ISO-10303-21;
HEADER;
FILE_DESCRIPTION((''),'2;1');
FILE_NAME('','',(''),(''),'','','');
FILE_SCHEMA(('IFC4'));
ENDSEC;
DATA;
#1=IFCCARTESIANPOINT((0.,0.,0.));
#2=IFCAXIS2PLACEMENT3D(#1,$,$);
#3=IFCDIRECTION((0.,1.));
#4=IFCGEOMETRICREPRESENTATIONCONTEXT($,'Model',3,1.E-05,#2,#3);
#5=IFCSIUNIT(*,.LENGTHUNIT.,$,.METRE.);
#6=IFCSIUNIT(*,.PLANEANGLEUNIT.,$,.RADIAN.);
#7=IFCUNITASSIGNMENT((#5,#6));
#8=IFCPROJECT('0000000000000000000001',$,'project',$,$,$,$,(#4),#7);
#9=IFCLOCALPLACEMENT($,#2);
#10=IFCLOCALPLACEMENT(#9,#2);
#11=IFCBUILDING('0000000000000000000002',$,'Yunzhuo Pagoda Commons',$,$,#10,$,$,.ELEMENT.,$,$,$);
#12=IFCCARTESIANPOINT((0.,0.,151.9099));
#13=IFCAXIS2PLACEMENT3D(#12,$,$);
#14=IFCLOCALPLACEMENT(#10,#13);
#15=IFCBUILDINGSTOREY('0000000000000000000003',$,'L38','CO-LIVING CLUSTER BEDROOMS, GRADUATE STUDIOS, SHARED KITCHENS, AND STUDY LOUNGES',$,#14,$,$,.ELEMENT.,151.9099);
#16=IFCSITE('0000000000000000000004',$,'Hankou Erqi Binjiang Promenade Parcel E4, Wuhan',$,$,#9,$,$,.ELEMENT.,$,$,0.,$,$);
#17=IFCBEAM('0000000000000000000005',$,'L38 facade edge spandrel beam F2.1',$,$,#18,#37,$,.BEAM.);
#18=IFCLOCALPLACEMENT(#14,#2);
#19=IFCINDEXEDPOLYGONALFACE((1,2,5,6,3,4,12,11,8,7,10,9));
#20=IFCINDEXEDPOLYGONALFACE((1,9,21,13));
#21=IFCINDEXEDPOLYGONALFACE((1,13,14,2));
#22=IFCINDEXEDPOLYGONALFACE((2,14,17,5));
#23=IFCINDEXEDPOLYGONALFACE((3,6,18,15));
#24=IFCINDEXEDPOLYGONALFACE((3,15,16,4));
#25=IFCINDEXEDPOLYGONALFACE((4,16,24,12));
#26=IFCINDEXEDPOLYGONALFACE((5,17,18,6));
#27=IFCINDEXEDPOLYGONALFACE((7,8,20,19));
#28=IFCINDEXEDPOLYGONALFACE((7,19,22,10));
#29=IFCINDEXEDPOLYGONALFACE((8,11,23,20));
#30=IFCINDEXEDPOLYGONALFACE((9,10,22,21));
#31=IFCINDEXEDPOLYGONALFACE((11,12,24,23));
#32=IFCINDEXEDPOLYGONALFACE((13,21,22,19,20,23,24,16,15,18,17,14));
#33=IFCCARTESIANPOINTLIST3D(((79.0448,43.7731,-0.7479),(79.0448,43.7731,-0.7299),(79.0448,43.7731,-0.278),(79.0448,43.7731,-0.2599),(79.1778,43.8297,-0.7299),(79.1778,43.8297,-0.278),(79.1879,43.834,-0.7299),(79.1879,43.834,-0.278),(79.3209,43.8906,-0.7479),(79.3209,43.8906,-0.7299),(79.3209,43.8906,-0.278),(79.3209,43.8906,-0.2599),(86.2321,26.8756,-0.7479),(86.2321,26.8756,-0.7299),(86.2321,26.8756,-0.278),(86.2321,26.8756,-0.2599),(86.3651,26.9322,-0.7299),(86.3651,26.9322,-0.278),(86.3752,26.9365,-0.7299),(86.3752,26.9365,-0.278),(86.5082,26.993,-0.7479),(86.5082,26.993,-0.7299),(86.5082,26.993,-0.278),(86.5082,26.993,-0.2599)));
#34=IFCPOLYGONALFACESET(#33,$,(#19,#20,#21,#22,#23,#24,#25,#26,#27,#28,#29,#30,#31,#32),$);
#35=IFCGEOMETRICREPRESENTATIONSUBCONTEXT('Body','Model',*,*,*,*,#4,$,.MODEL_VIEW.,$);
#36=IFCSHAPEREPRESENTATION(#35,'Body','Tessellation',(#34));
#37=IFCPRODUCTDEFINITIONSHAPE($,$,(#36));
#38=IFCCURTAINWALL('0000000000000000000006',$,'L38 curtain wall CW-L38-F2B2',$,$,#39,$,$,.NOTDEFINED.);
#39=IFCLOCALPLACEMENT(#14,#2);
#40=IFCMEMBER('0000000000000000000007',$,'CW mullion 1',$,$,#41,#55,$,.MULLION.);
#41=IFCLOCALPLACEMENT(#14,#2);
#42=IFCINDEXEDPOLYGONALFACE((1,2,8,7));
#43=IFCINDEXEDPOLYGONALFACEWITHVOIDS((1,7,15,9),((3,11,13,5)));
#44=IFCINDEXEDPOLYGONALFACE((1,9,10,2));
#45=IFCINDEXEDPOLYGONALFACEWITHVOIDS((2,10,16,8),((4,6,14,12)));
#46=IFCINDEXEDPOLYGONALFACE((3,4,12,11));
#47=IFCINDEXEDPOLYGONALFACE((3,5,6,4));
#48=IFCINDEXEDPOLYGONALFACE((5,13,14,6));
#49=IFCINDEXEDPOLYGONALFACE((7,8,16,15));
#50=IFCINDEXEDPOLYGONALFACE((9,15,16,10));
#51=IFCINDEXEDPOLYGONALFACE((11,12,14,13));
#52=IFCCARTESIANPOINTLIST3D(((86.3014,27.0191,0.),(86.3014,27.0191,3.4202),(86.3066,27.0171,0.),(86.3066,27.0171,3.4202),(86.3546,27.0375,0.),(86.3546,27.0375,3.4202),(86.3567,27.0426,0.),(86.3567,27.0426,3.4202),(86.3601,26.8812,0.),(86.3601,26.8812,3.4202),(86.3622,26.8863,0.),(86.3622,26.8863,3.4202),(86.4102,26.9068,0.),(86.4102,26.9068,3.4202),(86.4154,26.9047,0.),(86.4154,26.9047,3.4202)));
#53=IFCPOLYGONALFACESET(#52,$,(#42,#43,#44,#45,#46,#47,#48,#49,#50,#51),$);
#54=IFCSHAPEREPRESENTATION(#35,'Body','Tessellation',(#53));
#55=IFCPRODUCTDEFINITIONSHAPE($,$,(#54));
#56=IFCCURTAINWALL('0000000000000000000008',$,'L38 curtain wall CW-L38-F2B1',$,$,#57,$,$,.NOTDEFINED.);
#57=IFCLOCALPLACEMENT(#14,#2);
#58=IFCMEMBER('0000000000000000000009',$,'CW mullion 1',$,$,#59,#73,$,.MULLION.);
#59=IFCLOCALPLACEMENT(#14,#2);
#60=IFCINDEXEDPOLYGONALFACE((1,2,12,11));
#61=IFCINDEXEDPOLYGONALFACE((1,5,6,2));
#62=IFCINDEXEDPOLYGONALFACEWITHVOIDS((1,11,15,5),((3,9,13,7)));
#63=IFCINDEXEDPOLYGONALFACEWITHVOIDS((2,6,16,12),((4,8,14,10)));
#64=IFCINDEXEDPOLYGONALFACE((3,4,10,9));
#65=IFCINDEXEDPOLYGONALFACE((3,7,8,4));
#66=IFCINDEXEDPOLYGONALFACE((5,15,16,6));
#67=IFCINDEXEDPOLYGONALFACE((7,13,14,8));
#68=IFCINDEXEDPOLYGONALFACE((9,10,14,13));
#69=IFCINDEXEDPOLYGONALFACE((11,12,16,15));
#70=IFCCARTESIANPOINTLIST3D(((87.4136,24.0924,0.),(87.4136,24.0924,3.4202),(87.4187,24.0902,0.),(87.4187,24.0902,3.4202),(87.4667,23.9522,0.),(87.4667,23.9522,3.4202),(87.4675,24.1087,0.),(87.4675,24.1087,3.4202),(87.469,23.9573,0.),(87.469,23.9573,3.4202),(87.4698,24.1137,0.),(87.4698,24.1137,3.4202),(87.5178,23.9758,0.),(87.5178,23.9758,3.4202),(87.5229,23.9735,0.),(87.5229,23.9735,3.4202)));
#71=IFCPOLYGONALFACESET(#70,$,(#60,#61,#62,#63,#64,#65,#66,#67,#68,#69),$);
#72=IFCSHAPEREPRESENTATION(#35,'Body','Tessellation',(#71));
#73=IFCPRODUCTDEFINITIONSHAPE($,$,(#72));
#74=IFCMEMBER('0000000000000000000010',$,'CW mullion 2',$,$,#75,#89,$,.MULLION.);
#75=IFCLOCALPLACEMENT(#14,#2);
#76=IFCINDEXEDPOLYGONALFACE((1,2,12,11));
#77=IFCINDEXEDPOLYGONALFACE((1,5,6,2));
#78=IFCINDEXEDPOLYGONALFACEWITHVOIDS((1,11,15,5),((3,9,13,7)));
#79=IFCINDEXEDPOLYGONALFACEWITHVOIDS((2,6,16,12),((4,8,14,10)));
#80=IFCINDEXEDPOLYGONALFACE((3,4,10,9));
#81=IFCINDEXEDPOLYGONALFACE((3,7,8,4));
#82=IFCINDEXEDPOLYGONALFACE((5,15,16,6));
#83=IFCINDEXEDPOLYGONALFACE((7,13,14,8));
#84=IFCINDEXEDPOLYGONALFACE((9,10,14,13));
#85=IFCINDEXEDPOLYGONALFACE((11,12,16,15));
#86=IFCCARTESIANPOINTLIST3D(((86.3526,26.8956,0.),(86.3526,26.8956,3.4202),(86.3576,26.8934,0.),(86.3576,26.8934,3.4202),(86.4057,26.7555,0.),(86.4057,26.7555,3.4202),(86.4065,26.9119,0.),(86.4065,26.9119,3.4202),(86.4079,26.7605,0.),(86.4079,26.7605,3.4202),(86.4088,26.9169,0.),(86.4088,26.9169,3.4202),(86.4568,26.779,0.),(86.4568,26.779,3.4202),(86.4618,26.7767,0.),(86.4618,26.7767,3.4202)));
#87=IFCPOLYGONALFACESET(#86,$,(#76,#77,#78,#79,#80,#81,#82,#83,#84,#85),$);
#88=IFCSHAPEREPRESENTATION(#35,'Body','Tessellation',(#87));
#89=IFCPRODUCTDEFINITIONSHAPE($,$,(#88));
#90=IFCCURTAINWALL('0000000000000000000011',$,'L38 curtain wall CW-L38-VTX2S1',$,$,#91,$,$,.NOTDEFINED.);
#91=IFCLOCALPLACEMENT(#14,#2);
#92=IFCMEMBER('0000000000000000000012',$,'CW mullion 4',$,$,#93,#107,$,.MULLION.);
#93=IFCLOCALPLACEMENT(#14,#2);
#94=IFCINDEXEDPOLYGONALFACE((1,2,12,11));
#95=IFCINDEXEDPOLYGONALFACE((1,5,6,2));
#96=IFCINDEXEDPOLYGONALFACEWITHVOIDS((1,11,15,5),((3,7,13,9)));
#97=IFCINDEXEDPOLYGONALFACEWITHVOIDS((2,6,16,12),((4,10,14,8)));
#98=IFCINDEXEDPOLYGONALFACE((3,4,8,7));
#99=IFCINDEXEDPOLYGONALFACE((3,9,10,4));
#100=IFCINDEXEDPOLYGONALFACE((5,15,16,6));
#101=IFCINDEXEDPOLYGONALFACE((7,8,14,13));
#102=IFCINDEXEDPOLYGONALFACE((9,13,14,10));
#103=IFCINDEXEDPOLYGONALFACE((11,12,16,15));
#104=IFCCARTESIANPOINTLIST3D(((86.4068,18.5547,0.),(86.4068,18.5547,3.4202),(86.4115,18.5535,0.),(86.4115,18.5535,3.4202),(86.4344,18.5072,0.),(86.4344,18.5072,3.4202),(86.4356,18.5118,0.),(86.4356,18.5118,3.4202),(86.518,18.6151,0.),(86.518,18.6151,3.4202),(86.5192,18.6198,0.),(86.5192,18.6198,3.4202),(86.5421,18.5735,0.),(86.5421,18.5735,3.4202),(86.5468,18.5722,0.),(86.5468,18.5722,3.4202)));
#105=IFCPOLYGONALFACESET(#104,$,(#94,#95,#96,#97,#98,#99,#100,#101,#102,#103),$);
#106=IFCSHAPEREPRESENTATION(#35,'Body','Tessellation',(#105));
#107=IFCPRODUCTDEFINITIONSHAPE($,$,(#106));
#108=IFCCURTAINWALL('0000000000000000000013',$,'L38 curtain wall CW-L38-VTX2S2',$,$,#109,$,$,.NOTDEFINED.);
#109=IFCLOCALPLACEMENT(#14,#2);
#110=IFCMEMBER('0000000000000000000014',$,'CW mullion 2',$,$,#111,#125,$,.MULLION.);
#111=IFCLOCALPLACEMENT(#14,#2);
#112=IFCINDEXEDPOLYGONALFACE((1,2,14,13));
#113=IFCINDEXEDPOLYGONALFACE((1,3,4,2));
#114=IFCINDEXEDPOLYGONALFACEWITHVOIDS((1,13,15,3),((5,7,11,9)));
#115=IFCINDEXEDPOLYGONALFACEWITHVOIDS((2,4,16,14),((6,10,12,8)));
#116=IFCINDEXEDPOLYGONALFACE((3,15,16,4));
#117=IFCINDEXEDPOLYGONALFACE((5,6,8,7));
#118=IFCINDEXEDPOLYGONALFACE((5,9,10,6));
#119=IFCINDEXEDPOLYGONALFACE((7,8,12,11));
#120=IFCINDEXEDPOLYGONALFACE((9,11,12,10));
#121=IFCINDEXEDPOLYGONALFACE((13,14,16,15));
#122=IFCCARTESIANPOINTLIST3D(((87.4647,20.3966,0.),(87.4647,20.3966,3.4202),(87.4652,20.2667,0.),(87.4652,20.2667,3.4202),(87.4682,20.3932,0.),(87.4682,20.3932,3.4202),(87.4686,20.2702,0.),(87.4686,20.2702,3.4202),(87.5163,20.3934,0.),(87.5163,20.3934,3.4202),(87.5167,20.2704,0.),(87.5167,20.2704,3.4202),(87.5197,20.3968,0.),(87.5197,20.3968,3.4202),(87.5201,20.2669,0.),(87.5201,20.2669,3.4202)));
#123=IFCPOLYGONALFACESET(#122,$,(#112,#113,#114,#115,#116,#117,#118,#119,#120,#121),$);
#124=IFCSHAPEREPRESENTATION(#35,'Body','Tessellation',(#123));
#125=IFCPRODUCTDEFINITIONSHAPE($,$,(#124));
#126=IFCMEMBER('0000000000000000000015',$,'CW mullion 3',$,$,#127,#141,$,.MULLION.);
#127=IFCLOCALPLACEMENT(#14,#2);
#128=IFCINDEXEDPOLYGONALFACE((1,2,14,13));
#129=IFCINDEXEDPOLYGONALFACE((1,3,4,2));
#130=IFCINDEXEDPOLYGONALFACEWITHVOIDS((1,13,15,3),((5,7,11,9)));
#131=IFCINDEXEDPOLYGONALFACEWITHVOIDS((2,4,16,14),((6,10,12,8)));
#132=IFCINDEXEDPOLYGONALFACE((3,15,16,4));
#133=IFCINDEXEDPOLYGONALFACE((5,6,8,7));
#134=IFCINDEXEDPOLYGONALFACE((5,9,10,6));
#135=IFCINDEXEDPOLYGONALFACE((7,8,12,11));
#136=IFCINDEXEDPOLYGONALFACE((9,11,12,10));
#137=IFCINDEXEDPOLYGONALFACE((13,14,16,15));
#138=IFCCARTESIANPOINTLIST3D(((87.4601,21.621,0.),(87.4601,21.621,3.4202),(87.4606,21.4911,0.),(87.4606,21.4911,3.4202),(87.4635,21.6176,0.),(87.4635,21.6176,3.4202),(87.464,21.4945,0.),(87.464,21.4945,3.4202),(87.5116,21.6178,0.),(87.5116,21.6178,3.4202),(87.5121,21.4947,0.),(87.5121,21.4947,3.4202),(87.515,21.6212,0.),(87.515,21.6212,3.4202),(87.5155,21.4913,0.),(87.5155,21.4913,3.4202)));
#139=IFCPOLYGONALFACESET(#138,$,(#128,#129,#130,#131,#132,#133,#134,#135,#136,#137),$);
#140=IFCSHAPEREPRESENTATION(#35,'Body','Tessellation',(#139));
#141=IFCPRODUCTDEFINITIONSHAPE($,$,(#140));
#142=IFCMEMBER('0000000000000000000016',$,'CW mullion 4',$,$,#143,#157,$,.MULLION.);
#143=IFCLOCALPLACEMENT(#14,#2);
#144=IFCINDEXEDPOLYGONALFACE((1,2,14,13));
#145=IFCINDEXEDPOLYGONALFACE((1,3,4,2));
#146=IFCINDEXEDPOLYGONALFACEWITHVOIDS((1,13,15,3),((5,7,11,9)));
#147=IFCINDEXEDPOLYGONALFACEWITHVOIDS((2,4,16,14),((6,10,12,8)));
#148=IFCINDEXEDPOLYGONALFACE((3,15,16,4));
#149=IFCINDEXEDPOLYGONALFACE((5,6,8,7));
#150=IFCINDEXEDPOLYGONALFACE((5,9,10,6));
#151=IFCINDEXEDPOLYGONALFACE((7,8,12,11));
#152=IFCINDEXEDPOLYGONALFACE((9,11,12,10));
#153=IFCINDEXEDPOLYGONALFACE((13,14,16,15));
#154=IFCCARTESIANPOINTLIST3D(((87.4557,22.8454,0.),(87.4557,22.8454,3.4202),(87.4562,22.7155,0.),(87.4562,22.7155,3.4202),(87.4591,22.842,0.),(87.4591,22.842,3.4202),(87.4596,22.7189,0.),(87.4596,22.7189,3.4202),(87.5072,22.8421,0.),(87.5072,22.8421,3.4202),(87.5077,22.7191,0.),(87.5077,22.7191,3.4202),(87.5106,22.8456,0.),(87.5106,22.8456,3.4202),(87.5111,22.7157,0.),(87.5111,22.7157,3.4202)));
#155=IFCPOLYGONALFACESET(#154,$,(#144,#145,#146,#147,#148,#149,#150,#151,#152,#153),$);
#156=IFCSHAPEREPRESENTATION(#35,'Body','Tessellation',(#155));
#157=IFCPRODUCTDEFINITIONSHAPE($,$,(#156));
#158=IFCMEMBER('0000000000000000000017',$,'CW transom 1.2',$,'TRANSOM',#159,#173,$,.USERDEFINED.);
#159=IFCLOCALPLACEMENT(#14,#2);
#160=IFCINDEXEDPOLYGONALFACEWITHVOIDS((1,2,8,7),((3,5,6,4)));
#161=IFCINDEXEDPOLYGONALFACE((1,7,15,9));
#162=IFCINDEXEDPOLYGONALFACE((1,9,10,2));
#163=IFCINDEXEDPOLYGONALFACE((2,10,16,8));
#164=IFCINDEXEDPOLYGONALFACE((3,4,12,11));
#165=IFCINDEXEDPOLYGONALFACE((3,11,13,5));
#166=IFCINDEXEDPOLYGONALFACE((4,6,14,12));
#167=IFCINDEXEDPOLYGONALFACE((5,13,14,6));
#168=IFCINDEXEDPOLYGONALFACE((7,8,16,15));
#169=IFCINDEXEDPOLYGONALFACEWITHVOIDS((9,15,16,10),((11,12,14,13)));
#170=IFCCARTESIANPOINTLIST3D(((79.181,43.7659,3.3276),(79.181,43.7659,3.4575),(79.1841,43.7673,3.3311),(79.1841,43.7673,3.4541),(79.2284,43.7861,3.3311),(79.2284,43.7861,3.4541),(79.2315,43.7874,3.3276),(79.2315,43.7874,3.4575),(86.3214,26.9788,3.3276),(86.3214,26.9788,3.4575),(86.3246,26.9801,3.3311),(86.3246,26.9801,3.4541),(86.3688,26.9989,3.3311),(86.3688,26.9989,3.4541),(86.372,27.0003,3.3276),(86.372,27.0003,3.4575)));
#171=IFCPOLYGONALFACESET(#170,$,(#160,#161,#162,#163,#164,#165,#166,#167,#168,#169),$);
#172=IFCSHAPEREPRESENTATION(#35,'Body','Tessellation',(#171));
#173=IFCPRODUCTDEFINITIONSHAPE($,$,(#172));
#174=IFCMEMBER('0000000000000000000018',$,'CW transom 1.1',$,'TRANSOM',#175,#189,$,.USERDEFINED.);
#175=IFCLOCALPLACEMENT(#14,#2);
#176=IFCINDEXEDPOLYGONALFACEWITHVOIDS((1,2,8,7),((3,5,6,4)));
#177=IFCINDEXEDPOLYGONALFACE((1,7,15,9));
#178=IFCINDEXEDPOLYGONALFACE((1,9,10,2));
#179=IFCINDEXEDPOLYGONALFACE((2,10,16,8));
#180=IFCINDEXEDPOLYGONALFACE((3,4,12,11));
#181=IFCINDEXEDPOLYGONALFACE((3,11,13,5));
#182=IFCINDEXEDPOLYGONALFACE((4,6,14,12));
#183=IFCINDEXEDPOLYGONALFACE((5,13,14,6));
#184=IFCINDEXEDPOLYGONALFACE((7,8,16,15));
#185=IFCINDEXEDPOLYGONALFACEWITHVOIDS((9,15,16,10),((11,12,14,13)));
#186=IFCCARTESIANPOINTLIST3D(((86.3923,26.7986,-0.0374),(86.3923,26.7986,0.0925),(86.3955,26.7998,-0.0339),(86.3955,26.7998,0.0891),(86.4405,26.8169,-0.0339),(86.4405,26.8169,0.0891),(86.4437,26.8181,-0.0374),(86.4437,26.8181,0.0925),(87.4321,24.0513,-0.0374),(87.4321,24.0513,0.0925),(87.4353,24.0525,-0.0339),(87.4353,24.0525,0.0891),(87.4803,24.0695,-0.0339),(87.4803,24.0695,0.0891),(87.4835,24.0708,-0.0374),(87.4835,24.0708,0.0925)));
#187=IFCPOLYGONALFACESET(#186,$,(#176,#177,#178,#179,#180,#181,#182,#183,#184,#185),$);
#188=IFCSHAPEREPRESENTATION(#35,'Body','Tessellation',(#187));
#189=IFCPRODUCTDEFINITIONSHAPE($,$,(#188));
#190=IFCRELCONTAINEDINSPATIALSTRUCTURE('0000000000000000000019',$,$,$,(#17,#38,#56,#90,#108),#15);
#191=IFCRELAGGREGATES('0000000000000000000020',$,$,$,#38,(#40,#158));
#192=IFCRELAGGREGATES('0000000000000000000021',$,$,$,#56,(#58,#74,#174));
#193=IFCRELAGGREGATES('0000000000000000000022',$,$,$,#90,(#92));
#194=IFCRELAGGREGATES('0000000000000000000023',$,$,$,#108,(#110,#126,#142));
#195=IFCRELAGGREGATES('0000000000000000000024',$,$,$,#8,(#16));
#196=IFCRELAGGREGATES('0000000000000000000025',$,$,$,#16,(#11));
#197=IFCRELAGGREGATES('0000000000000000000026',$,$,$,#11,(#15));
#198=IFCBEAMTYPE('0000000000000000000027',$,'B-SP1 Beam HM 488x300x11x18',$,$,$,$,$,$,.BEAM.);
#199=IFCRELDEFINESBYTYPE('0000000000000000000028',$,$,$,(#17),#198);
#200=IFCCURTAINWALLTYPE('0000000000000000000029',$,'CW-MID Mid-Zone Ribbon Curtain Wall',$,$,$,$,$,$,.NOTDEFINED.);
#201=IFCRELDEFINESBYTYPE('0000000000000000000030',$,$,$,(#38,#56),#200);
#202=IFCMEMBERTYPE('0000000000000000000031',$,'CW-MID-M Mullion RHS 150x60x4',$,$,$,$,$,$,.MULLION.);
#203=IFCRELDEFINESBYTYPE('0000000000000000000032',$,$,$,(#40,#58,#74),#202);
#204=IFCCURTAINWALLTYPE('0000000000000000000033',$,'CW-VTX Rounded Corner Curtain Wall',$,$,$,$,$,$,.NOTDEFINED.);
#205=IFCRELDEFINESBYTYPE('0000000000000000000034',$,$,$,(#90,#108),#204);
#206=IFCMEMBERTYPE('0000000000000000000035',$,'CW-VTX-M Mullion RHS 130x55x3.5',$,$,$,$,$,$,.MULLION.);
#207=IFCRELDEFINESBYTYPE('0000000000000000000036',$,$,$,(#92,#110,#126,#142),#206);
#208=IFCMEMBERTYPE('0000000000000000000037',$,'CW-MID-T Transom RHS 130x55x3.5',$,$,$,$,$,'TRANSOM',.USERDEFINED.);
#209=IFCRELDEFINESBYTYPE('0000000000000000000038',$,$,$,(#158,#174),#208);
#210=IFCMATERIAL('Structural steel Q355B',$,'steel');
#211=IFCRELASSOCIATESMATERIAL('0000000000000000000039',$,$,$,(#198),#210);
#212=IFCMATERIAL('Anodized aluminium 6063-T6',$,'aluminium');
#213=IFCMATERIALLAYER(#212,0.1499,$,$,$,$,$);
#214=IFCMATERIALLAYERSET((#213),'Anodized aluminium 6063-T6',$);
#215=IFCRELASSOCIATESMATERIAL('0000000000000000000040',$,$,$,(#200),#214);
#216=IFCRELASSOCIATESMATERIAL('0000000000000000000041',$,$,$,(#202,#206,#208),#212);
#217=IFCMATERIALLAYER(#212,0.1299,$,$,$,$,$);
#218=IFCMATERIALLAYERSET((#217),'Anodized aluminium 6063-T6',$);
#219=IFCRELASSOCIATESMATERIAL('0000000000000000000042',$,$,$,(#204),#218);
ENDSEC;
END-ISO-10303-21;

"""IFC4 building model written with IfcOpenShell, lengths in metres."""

from ifc_helpers import new_model, si_unit, direction, frame, origin, origin_2d, place, context, subcontext, project, spatial, hollow_rectangle, i_section, extrude, source, transform, mapped, material, layer, layer_set, material_profile, profile_set, type_object, element, aggregate, save


model = new_model("IFC4")

# Units and contexts
model_context = context("Model", 3, precision=1e-05, world=origin(), true_north=direction((0.0, 1.0)))
body_context = subcontext(model_context, "Body", "Model", "MODEL_VIEW")
ifc_project = project(units=[si_unit("LENGTHUNIT", "METRE"), si_unit("PLANEANGLEUNIT", "RADIAN")], contexts=[model_context])

# Site, building, storey
site_placement = place(None, origin())
site = spatial("IfcSite", under=ifc_project, at=site_placement, Name="Hankou Erqi Binjiang Promenade Parcel E4, Wuhan", CompositionType="ELEMENT", RefElevation=0.0)
building_placement = place(site_placement, origin())
building = spatial("IfcBuilding", under=site, at=building_placement, Name="Yunzhuo Pagoda Commons", CompositionType="ELEMENT")
storey_placement = place(building_placement, frame((0.0, 0.0, 151.9099)))
storey = spatial("IfcBuildingStorey", under=building, at=storey_placement, Name="L38", Description="CO-LIVING CLUSTER BEDROOMS, GRADUATE STUDIOS, SHARED KITCHENS, AND STUDY LOUNGES", CompositionType="ELEMENT", Elevation=151.9099)

# Beam
ifc_material_1 = material(Name="Structural steel Q355B", Category="steel")
ifc_material_profile_1 = material_profile(ifc_material_1, i_section(OverallWidth=0.3, OverallDepth=0.488, WebThickness=0.011, FlangeThickness=0.0181, at=origin_2d()), Name="Structural steel Q355B")
ifc_profile_set_1 = profile_set([ifc_material_profile_1], Name="Structural steel Q355B")
beam_type = type_object("IfcBeamType", Name="B-SP1 Beam HM 488x300x11x18", PredefinedType="BEAM", material=ifc_profile_set_1)
shared_shape_1 = source(origin(), body_context, "Body", "SweptSolid", [
    extrude(i_section(OverallWidth=0.3, OverallDepth=0.488, WebThickness=0.011, FlangeThickness=0.0181, at=origin_2d()), origin(), (0.0, 0.0, 1.0), 18.3625),
])
beam_placement = place(storey_placement, frame((86.3701, 26.9343, -0.5039), z_axis=(-0.39141, 0.920216, 0.0), x_axis=(-0.920216, -0.39141, 0.0)))
element("IfcBeam", 1, at=beam_placement, inside=storey, type_object=beam_type, Name="L38 facade edge spandrel beam F2.1", PredefinedType="BEAM", context=body_context, shape_type="MappedRepresentation", body=[
    mapped(shared_shape_1, transform((0.0, 0.0, 0.0), scale=1.0)),
])

# Curtain wall, member
ifc_material_2 = material(Name="Anodized aluminium 6063-T6", Category="aluminium")
ifc_layer_1 = layer(ifc_material_2, 0.1499)
ifc_layer_set_1 = layer_set([ifc_layer_1], Name="Anodized aluminium 6063-T6")
curtain_wall_type_1 = type_object("IfcCurtainWallType", Name="CW-MID Mid-Zone Ribbon Curtain Wall", PredefinedType="NOTDEFINED", material=ifc_layer_set_1)
curtain_wall_1_placement = place(storey_placement, origin())
curtain_wall_1 = element("IfcCurtainWall", 2, at=curtain_wall_1_placement, inside=storey, type_object=curtain_wall_type_1, Name="L38 curtain wall CW-L38-F2B2", PredefinedType="NOTDEFINED")
ifc_material_profile_2 = material_profile(ifc_material_2, hollow_rectangle(XDim=0.0601, YDim=0.1499, WallThickness=0.0039, at=origin_2d()), Name="Anodized aluminium 6063-T6")
ifc_profile_set_2 = profile_set([ifc_material_profile_2], Name="Anodized aluminium 6063-T6")
member_type_1 = type_object("IfcMemberType", Name="CW-MID-M Mullion RHS 150x60x4", PredefinedType="MULLION", material=ifc_profile_set_2)
shared_shape_2 = source(origin(), body_context, "Body", "SweptSolid", [
    extrude(hollow_rectangle(XDim=0.0601, YDim=0.1499, WallThickness=0.0039, at=origin_2d()), origin(), (0.0, 0.0, 1.0), 3.4202),
])
member_1_placement = place(storey_placement, frame((86.3584, 26.9619, 0.0), z_axis=(0.0, 0.0, 1.0), x_axis=(-0.920217, -0.391409, 0.0)))
member_1 = element("IfcMember", 3, at=member_1_placement, type_object=member_type_1, Name="CW mullion 1", PredefinedType="MULLION", context=body_context, shape_type="MappedRepresentation", body=[
    mapped(shared_shape_2, transform((0.0, 0.0, 0.0), scale=1.0)),
])

# Curtain wall, members
curtain_wall_2_placement = place(storey_placement, origin())
curtain_wall_2 = element("IfcCurtainWall", 4, at=curtain_wall_2_placement, inside=storey, type_object=curtain_wall_type_1, Name="L38 curtain wall CW-L38-F2B1", PredefinedType="NOTDEFINED")
member_2_placement = place(storey_placement, frame((87.4683, 24.033, 0.0), z_axis=(0.0, 0.0, 1.0), x_axis=(-0.935247, -0.353996, 0.0)))
member_2 = element("IfcMember", 5, at=member_2_placement, type_object=member_type_1, Name="CW mullion 1", PredefinedType="MULLION", context=body_context, shape_type="MappedRepresentation", body=[
    mapped(shared_shape_2, transform((0.0, 0.0, 0.0), scale=1.0)),
])
member_3_placement = place(storey_placement, frame((86.4072, 26.8362, 0.0), z_axis=(0.0, 0.0, 1.0), x_axis=(-0.935247, -0.353996, 0.0)))
member_3 = element("IfcMember", 6, at=member_3_placement, type_object=member_type_1, Name="CW mullion 2", PredefinedType="MULLION", context=body_context, shape_type="MappedRepresentation", body=[
    mapped(shared_shape_2, transform((0.0, 0.0, 0.0), scale=1.0)),
])

# Curtain wall, member
ifc_layer_2 = layer(ifc_material_2, 0.1299)
ifc_layer_set_2 = layer_set([ifc_layer_2], Name="Anodized aluminium 6063-T6")
curtain_wall_type_2 = type_object("IfcCurtainWallType", Name="CW-VTX Rounded Corner Curtain Wall", PredefinedType="NOTDEFINED", material=ifc_layer_set_2)
curtain_wall_3_placement = place(storey_placement, origin())
curtain_wall_3 = element("IfcCurtainWall", 7, at=curtain_wall_3_placement, inside=storey, type_object=curtain_wall_type_2, Name="L38 curtain wall CW-L38-VTX2S1", PredefinedType="NOTDEFINED")
ifc_material_profile_3 = material_profile(ifc_material_2, hollow_rectangle(XDim=0.0549, YDim=0.1299, WallThickness=0.0034, at=origin_2d()), Name="Anodized aluminium 6063-T6")
ifc_profile_set_3 = profile_set([ifc_material_profile_3], Name="Anodized aluminium 6063-T6")
member_type_2 = type_object("IfcMemberType", Name="CW-VTX-M Mullion RHS 130x55x3.5", PredefinedType="MULLION", material=ifc_profile_set_3)
shared_shape_3 = source(origin(), body_context, "Body", "SweptSolid", [
    extrude(hollow_rectangle(XDim=0.0549, YDim=0.1299, WallThickness=0.0034, at=origin_2d()), origin(), (0.0, 0.0, 1.0), 3.4202),
])
member_4_placement = place(storey_placement, frame((86.4768, 18.5635, 0.0), z_axis=(0.0, 0.0, 1.0), x_axis=(-0.501035, 0.865427, 0.0)))
member_4 = element("IfcMember", 8, at=member_4_placement, type_object=member_type_2, Name="CW mullion 4", PredefinedType="MULLION", context=body_context, shape_type="MappedRepresentation", body=[
    mapped(shared_shape_3, transform((0.0, 0.0, 0.0), scale=1.0)),
])

# Curtain wall, members
curtain_wall_4_placement = place(storey_placement, origin())
curtain_wall_4 = element("IfcCurtainWall", 9, at=curtain_wall_4_placement, inside=storey, type_object=curtain_wall_type_2, Name="L38 curtain wall CW-L38-VTX2S2", PredefinedType="NOTDEFINED")
member_5_placement = place(storey_placement, frame((87.4924, 20.3318, 0.0), z_axis=(0.0, 0.0, 1.0), x_axis=(-0.999994, -0.003594, 0.0)))
member_5 = element("IfcMember", 10, at=member_5_placement, type_object=member_type_2, Name="CW mullion 2", PredefinedType="MULLION", context=body_context, shape_type="MappedRepresentation", body=[
    mapped(shared_shape_3, transform((0.0, 0.0, 0.0), scale=1.0)),
])
member_6_placement = place(storey_placement, frame((87.4878, 21.5562, 0.0), z_axis=(0.0, 0.0, 1.0), x_axis=(-0.999994, -0.003594, 0.0)))
member_6 = element("IfcMember", 11, at=member_6_placement, type_object=member_type_2, Name="CW mullion 3", PredefinedType="MULLION", context=body_context, shape_type="MappedRepresentation", body=[
    mapped(shared_shape_3, transform((0.0, 0.0, 0.0), scale=1.0)),
])
member_7_placement = place(storey_placement, frame((87.4834, 22.7805, 0.0), z_axis=(0.0, 0.0, 1.0), x_axis=(-0.999994, -0.003594, 0.0)))
member_7 = element("IfcMember", 12, at=member_7_placement, type_object=member_type_2, Name="CW mullion 4", PredefinedType="MULLION", context=body_context, shape_type="MappedRepresentation", body=[
    mapped(shared_shape_3, transform((0.0, 0.0, 0.0), scale=1.0)),
])

# Members
ifc_material_profile_4 = material_profile(ifc_material_2, hollow_rectangle(XDim=0.0549, YDim=0.1299, WallThickness=0.0034, at=origin_2d()), Name="Anodized aluminium 6063-T6")
ifc_profile_set_4 = profile_set([ifc_material_profile_4], Name="Anodized aluminium 6063-T6")
member_type_3 = type_object("IfcMemberType", Name="CW-MID-T Transom RHS 130x55x3.5", ElementType="TRANSOM", PredefinedType="USERDEFINED", material=ifc_profile_set_4)
shared_shape_4 = source(origin(), body_context, "Body", "SweptSolid", [
    extrude(hollow_rectangle(XDim=0.0549, YDim=0.1299, WallThickness=0.0034, at=origin_2d()), origin(), (0.0, 0.0, 1.0), 18.2427),
])
member_8_placement = place(storey_placement, frame((86.3467, 26.9895, 3.3926), z_axis=(-0.391413, 0.920215, 0.0), x_axis=(-0.920215, -0.391413, 0.0)))
member_8 = element("IfcMember", 13, at=member_8_placement, type_object=member_type_3, Name="CW transom 1.2", ObjectType="TRANSOM", PredefinedType="USERDEFINED", context=body_context, shape_type="MappedRepresentation", body=[
    mapped(shared_shape_4, transform((0.0, 0.0, 0.0), scale=1.0)),
])
aggregate(curtain_wall_1, [member_1, member_8])
shared_shape_5 = source(origin(), body_context, "Body", "SweptSolid", [
    extrude(hollow_rectangle(XDim=0.0549, YDim=0.1299, WallThickness=0.0034, at=origin_2d()), origin(), (0.0, 0.0, 1.0), 2.9375),
])
member_9_placement = place(storey_placement, frame((87.4578, 24.061, 0.0276), z_axis=(-0.353973, 0.935256, 0.0), x_axis=(-0.935256, -0.353973, 0.0)))
member_9 = element("IfcMember", 14, at=member_9_placement, type_object=member_type_3, Name="CW transom 1.1", ObjectType="TRANSOM", PredefinedType="USERDEFINED", context=body_context, shape_type="MappedRepresentation", body=[
    mapped(shared_shape_5, transform((0.0, 0.0, 0.0), scale=1.0)),
])

aggregate(curtain_wall_2, [member_2, member_3, member_9])
aggregate(curtain_wall_3, [member_4])
aggregate(curtain_wall_4, [member_5, member_6, member_7])

save(model, "model.ifc")
